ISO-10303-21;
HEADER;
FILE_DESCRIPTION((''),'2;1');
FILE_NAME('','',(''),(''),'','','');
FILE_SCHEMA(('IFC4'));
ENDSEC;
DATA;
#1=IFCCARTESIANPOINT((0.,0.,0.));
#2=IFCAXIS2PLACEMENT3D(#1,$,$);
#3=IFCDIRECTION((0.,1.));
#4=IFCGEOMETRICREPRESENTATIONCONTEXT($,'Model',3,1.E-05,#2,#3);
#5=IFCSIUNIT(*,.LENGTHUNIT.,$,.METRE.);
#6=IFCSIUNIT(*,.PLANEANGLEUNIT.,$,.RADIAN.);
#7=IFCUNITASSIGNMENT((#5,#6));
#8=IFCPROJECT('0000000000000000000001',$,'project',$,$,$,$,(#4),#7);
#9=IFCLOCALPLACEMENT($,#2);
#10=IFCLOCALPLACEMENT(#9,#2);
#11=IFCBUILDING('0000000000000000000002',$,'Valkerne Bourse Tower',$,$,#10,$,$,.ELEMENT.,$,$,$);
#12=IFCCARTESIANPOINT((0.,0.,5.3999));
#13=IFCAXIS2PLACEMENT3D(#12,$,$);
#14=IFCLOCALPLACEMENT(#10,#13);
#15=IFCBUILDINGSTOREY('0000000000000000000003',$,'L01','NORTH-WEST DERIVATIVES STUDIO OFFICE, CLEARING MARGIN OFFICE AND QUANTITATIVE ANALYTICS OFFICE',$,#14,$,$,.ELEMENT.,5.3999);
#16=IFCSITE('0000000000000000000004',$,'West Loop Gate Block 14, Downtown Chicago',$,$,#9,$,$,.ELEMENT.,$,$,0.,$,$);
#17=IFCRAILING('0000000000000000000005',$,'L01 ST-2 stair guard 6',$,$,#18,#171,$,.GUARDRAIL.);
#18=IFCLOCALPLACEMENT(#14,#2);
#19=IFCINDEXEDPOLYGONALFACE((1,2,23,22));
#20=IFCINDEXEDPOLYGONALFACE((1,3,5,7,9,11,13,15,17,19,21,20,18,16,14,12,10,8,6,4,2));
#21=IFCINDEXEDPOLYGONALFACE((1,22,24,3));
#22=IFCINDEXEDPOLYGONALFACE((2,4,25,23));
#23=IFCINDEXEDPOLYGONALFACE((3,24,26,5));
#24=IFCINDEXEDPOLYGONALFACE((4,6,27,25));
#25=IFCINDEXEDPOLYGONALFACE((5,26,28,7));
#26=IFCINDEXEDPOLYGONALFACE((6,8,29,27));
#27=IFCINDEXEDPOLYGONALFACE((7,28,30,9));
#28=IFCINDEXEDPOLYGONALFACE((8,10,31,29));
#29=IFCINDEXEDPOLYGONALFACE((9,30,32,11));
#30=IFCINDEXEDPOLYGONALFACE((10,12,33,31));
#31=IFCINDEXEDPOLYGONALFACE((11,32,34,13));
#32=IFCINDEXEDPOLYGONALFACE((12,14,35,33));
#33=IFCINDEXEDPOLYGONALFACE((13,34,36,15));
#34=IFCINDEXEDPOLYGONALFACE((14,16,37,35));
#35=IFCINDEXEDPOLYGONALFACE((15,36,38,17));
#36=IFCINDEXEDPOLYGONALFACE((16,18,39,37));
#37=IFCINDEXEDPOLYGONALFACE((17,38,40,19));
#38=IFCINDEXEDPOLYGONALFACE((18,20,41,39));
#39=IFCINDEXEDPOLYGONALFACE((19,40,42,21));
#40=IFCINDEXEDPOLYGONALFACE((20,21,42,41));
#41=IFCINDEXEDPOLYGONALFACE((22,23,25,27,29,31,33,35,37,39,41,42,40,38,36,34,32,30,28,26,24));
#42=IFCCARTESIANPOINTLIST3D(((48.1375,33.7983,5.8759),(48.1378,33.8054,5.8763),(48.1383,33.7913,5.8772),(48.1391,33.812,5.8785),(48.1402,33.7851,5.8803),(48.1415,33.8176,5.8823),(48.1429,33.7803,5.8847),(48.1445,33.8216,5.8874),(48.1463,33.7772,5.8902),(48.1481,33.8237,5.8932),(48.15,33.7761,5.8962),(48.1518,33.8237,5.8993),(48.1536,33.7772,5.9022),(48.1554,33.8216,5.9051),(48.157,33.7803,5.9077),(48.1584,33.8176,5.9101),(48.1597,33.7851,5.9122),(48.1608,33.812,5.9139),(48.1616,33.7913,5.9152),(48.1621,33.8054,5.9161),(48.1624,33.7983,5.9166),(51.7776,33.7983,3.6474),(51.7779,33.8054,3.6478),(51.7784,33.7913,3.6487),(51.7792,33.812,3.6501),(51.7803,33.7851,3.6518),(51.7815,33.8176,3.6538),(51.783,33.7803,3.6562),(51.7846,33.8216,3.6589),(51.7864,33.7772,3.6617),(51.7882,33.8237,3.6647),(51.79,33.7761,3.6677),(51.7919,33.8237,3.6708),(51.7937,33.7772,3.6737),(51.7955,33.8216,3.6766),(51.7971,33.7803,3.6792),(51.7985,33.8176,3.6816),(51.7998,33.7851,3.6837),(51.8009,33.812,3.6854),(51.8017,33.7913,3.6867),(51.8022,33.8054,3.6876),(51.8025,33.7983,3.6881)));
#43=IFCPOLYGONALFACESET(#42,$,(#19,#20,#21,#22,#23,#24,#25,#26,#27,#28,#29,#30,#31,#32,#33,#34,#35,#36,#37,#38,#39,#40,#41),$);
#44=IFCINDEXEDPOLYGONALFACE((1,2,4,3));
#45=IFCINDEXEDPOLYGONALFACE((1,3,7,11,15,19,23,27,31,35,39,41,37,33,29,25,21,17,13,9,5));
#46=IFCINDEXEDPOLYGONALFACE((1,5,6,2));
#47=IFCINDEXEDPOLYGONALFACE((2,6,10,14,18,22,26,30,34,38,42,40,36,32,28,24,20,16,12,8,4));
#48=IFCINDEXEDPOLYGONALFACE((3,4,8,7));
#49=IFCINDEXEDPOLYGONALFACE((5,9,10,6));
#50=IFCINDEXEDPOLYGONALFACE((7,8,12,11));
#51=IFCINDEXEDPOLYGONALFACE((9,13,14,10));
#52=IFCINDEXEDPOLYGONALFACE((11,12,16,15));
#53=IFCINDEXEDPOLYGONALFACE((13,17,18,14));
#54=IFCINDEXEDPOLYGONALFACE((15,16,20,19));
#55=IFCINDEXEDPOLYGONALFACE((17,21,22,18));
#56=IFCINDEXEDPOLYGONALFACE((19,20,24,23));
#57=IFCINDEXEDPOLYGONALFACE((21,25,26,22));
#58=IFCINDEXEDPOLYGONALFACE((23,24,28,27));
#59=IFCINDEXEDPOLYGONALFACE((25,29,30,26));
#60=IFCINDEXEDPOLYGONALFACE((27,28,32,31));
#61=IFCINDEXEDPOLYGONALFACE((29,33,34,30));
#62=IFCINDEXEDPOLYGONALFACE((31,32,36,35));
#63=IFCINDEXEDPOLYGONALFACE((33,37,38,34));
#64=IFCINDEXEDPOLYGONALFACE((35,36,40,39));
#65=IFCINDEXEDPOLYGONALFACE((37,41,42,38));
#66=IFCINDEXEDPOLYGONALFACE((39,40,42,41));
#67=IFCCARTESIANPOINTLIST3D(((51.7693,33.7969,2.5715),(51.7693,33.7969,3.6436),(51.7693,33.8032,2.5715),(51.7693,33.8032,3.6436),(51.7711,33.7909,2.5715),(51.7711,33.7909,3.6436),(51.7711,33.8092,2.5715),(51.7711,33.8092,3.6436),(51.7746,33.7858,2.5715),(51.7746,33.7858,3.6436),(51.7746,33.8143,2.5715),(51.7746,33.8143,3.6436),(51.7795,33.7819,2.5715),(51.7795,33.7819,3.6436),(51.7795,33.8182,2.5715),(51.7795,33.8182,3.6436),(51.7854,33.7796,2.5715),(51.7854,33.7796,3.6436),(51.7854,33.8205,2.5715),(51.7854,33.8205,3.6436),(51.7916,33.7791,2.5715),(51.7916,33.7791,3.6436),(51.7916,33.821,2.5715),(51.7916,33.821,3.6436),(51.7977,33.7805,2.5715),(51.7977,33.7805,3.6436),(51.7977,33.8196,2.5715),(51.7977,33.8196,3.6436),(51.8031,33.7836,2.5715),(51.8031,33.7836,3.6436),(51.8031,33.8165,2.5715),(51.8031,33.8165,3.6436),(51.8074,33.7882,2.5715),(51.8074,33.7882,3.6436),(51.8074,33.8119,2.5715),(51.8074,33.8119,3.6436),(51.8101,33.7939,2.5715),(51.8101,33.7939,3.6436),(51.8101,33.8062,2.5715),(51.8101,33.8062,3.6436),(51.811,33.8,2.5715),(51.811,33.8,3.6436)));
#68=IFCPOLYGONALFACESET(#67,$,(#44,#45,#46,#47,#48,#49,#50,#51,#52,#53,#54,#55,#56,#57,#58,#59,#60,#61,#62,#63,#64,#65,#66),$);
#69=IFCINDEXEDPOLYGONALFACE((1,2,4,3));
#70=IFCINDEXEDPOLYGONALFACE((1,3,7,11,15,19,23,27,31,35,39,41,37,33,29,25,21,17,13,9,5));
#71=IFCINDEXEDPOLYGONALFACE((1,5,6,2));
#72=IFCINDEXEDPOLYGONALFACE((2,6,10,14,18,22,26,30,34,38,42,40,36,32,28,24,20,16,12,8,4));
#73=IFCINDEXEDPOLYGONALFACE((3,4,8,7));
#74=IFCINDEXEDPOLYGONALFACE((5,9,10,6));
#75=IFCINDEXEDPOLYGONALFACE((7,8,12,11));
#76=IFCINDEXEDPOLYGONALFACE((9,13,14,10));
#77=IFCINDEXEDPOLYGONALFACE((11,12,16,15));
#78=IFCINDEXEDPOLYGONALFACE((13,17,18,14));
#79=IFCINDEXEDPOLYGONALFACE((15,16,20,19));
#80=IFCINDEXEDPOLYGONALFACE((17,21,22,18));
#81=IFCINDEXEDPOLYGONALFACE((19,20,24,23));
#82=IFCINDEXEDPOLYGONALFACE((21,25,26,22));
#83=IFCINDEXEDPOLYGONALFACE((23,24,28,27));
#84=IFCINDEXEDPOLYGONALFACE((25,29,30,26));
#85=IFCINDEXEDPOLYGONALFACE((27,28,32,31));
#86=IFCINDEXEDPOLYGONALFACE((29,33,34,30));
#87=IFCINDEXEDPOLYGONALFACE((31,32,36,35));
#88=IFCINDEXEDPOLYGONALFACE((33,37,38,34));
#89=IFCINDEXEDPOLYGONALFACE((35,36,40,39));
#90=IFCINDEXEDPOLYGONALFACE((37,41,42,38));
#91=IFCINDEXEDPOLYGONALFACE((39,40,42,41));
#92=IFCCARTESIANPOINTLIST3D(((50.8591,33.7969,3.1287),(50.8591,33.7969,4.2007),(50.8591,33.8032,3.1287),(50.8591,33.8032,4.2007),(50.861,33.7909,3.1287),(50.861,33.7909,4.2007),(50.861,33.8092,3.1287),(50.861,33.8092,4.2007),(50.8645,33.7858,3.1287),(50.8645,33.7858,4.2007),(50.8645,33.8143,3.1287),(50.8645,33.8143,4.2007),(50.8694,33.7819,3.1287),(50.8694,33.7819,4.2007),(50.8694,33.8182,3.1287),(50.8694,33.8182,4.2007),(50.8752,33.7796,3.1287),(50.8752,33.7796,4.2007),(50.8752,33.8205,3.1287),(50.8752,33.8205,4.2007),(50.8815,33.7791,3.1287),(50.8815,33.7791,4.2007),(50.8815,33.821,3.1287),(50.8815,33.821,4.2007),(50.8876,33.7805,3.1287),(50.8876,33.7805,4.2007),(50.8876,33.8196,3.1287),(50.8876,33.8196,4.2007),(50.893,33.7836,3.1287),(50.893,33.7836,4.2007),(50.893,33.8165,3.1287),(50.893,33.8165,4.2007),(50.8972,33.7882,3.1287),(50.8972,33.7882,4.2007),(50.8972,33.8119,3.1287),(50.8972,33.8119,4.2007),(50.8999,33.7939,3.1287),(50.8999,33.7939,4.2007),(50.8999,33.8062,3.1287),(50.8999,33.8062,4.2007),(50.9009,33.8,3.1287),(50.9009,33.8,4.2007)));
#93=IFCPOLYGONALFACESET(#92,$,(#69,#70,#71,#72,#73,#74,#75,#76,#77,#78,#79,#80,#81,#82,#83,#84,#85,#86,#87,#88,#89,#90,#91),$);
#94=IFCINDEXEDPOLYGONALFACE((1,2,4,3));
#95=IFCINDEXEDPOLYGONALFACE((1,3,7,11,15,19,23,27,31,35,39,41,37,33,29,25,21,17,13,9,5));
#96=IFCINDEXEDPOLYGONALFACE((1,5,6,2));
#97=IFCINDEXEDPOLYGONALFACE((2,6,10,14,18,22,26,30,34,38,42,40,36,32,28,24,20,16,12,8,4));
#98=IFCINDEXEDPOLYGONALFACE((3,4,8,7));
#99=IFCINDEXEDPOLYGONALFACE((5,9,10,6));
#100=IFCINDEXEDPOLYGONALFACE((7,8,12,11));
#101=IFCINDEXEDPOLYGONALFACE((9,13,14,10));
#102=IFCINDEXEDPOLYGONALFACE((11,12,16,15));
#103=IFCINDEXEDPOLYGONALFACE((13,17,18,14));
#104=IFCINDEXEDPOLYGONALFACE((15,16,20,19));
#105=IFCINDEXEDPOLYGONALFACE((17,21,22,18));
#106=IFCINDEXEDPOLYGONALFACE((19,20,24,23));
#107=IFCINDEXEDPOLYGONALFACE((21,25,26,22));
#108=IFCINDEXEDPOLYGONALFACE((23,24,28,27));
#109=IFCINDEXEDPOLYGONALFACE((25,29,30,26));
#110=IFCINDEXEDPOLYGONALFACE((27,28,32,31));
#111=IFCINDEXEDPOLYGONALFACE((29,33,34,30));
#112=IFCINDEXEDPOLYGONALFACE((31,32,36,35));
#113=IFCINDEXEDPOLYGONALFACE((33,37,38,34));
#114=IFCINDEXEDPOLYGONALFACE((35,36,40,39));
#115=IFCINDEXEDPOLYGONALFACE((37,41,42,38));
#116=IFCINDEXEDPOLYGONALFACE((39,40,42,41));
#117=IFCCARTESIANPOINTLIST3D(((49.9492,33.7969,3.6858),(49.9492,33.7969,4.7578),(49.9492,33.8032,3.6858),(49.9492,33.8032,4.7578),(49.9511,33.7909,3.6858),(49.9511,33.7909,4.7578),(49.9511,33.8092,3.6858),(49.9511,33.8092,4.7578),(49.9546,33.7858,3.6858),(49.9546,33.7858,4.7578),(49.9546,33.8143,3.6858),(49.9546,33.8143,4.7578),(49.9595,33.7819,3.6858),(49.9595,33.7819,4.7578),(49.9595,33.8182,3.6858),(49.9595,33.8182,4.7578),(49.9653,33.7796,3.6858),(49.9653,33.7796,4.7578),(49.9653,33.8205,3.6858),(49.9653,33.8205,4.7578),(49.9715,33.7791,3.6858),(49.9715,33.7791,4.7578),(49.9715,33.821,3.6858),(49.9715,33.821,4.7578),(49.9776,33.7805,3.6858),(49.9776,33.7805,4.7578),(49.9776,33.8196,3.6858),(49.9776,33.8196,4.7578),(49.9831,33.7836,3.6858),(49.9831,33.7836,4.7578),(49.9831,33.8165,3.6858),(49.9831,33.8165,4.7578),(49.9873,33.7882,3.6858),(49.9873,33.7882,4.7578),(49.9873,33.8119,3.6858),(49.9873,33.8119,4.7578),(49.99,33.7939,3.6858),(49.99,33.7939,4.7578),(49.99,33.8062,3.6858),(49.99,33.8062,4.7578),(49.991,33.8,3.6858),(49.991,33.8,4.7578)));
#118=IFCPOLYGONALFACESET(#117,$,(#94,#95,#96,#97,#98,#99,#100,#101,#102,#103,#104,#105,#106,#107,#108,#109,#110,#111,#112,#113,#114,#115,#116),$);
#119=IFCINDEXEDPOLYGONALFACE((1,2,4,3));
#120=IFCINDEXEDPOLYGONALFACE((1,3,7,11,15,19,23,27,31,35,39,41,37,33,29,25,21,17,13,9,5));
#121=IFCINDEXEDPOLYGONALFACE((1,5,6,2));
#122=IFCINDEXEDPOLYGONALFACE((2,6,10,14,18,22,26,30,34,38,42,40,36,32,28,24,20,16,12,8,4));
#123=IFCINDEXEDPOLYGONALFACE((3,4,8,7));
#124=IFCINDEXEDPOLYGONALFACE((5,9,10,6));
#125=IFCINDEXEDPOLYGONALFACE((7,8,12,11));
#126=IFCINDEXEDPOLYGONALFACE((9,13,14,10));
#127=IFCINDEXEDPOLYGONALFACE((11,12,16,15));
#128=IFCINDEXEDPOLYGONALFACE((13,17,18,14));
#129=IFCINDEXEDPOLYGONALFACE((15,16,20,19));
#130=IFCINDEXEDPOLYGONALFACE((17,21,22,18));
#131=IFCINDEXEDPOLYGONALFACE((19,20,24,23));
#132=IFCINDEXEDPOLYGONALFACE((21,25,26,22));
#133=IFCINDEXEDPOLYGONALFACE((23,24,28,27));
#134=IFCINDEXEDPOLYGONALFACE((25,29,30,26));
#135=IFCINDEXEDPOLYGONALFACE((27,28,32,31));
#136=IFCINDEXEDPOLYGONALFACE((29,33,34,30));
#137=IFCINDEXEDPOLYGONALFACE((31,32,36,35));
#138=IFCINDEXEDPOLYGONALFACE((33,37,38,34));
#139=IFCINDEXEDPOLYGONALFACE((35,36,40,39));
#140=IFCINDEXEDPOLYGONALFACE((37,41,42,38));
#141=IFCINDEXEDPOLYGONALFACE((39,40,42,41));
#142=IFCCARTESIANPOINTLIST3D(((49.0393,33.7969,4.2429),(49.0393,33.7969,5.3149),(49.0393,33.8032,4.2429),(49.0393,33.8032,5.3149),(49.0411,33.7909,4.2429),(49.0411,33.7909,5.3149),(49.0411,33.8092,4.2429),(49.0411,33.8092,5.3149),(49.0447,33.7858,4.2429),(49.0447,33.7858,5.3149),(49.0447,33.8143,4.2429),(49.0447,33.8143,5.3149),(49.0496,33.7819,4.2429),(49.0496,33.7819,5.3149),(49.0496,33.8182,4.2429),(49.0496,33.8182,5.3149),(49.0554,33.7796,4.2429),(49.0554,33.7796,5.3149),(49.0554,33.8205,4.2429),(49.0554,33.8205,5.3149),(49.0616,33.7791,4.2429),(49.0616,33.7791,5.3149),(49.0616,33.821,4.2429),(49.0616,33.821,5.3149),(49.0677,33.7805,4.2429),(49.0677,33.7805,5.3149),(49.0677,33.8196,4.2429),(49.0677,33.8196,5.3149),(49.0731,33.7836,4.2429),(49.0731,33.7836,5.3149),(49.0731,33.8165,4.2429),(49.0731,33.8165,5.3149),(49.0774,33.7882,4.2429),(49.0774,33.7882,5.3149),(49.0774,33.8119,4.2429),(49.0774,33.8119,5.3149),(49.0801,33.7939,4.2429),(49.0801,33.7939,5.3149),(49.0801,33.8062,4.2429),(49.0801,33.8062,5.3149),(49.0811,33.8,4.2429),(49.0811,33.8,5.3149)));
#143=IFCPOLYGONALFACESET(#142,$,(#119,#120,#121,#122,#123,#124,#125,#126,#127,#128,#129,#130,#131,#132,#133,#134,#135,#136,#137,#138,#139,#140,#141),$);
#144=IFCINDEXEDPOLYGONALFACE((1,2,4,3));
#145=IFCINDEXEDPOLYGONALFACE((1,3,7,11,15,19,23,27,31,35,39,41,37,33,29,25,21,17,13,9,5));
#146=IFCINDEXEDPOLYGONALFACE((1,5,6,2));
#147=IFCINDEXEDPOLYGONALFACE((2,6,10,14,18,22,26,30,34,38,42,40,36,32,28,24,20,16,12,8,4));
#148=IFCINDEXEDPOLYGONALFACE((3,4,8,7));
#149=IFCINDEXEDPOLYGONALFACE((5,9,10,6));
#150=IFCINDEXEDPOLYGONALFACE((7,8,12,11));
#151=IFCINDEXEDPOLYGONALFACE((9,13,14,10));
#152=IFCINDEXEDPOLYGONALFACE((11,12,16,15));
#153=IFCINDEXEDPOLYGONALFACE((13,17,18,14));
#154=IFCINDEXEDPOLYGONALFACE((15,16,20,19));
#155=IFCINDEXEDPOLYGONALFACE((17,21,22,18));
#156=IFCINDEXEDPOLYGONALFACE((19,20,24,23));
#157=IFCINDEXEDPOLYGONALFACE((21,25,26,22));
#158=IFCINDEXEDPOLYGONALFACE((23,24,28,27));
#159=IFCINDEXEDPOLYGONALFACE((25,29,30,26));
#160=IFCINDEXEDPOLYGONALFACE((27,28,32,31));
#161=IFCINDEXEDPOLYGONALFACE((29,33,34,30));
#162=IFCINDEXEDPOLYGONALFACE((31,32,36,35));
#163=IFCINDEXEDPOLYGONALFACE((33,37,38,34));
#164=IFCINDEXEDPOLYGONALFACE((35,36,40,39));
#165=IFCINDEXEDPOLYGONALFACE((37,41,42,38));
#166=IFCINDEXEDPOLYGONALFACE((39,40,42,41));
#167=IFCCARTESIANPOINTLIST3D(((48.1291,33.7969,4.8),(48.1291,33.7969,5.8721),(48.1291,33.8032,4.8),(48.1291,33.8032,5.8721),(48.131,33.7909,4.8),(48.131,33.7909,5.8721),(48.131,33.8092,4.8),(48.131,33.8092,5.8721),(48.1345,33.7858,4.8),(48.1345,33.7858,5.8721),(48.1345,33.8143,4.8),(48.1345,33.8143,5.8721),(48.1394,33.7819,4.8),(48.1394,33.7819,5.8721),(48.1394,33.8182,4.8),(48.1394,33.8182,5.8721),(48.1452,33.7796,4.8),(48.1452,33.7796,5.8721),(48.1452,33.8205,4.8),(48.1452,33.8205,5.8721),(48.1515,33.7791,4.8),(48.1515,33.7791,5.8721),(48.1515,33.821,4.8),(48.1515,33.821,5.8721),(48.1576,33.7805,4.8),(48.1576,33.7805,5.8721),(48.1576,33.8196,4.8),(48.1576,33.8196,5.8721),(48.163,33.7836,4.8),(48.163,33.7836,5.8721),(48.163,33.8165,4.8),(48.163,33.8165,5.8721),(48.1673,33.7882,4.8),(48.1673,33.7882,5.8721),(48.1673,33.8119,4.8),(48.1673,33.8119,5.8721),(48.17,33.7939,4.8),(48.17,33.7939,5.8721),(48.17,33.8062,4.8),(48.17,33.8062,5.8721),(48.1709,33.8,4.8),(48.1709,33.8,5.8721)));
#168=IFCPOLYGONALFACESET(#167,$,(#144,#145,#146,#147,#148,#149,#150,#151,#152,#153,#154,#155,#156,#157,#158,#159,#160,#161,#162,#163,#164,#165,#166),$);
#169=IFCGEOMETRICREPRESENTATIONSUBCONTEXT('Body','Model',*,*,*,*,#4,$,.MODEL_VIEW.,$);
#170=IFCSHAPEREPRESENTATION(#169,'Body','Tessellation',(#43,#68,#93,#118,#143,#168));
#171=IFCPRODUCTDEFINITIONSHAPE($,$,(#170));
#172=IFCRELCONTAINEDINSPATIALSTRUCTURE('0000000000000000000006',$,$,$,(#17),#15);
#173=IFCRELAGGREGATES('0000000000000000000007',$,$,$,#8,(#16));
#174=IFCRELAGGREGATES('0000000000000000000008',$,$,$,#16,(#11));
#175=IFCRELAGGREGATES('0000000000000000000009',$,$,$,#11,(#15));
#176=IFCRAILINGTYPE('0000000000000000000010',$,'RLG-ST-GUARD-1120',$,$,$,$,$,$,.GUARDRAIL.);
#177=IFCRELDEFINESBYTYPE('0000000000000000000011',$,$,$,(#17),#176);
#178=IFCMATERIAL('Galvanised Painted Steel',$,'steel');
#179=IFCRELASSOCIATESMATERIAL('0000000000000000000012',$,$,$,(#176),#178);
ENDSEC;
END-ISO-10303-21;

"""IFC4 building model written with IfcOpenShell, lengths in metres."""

from ifc_helpers import new_model, si_unit, direction, frame, origin, origin_2d, place, context, subcontext, project, spatial, circle, extrude, material, type_object, element, save


model = new_model("IFC4")

# Units and contexts
model_context = context("Model", 3, precision=1e-05, world=origin(), true_north=direction((0.0, 1.0)))
body_context = subcontext(model_context, "Body", "Model", "MODEL_VIEW")
ifc_project = project(units=[si_unit("LENGTHUNIT", "METRE"), si_unit("PLANEANGLEUNIT", "RADIAN")], contexts=[model_context])

# Site, building, storey
site_placement = place(None, origin())
site = spatial("IfcSite", under=ifc_project, at=site_placement, Name="West Loop Gate Block 14, Downtown Chicago", CompositionType="ELEMENT", RefElevation=0.0)
building_placement = place(site_placement, origin())
building = spatial("IfcBuilding", under=site, at=building_placement, Name="Valkerne Bourse Tower", CompositionType="ELEMENT")
storey_placement = place(building_placement, frame((0.0, 0.0, 5.3999)))
storey = spatial("IfcBuildingStorey", under=building, at=storey_placement, Name="L01", Description="NORTH-WEST DERIVATIVES STUDIO OFFICE, CLEARING MARGIN OFFICE AND QUANTITATIVE ANALYTICS OFFICE", CompositionType="ELEMENT", Elevation=5.3999)

# Railing
ifc_material_1 = material(Name="Galvanised Painted Steel", Category="steel")
railing_type_1 = type_object("IfcRailingType", Name="RLG-ST-GUARD-1120", PredefinedType="GUARDRAIL", material=ifc_material_1)
railing_1_placement = place(storey_placement, frame((51.79, 33.8, 2.5715)))
element("IfcRailing", 1, at=railing_1_placement, inside=storey, type_object=railing_type_1, Name="L01 ST-2 stair guard 6", PredefinedType="GUARDRAIL", context=body_context, shape_type="SweptSolid", body=[
    extrude(circle(Radius=0.0239, at=origin_2d()), frame((0.0, 0.0, 1.0962), z_axis=(-0.852866, 0.0, 0.52213), x_axis=(0.0, -1.0, 0.0)), (0.0, 0.0, 1.0), 4.2681),
    extrude(circle(Radius=0.021, at=origin_2d()), origin(), (0.0, 0.0, 1.0), 1.072),
    extrude(circle(Radius=0.021, at=origin_2d()), frame((-0.9102, 0.0, 0.5571)), (0.0, 0.0, 1.0), 1.072),
    extrude(circle(Radius=0.021, at=origin_2d()), frame((-1.8201, 0.0, 1.1143)), (0.0, 0.0, 1.0), 1.072),
    extrude(circle(Radius=0.021, at=origin_2d()), frame((-2.73, 0.0, 1.6714)), (0.0, 0.0, 1.0), 1.072),
    extrude(circle(Radius=0.021, at=origin_2d()), frame((-3.6401, 0.0, 2.2285)), (0.0, 0.0, 1.0), 1.072),
])

save(model, "model.ifc")
